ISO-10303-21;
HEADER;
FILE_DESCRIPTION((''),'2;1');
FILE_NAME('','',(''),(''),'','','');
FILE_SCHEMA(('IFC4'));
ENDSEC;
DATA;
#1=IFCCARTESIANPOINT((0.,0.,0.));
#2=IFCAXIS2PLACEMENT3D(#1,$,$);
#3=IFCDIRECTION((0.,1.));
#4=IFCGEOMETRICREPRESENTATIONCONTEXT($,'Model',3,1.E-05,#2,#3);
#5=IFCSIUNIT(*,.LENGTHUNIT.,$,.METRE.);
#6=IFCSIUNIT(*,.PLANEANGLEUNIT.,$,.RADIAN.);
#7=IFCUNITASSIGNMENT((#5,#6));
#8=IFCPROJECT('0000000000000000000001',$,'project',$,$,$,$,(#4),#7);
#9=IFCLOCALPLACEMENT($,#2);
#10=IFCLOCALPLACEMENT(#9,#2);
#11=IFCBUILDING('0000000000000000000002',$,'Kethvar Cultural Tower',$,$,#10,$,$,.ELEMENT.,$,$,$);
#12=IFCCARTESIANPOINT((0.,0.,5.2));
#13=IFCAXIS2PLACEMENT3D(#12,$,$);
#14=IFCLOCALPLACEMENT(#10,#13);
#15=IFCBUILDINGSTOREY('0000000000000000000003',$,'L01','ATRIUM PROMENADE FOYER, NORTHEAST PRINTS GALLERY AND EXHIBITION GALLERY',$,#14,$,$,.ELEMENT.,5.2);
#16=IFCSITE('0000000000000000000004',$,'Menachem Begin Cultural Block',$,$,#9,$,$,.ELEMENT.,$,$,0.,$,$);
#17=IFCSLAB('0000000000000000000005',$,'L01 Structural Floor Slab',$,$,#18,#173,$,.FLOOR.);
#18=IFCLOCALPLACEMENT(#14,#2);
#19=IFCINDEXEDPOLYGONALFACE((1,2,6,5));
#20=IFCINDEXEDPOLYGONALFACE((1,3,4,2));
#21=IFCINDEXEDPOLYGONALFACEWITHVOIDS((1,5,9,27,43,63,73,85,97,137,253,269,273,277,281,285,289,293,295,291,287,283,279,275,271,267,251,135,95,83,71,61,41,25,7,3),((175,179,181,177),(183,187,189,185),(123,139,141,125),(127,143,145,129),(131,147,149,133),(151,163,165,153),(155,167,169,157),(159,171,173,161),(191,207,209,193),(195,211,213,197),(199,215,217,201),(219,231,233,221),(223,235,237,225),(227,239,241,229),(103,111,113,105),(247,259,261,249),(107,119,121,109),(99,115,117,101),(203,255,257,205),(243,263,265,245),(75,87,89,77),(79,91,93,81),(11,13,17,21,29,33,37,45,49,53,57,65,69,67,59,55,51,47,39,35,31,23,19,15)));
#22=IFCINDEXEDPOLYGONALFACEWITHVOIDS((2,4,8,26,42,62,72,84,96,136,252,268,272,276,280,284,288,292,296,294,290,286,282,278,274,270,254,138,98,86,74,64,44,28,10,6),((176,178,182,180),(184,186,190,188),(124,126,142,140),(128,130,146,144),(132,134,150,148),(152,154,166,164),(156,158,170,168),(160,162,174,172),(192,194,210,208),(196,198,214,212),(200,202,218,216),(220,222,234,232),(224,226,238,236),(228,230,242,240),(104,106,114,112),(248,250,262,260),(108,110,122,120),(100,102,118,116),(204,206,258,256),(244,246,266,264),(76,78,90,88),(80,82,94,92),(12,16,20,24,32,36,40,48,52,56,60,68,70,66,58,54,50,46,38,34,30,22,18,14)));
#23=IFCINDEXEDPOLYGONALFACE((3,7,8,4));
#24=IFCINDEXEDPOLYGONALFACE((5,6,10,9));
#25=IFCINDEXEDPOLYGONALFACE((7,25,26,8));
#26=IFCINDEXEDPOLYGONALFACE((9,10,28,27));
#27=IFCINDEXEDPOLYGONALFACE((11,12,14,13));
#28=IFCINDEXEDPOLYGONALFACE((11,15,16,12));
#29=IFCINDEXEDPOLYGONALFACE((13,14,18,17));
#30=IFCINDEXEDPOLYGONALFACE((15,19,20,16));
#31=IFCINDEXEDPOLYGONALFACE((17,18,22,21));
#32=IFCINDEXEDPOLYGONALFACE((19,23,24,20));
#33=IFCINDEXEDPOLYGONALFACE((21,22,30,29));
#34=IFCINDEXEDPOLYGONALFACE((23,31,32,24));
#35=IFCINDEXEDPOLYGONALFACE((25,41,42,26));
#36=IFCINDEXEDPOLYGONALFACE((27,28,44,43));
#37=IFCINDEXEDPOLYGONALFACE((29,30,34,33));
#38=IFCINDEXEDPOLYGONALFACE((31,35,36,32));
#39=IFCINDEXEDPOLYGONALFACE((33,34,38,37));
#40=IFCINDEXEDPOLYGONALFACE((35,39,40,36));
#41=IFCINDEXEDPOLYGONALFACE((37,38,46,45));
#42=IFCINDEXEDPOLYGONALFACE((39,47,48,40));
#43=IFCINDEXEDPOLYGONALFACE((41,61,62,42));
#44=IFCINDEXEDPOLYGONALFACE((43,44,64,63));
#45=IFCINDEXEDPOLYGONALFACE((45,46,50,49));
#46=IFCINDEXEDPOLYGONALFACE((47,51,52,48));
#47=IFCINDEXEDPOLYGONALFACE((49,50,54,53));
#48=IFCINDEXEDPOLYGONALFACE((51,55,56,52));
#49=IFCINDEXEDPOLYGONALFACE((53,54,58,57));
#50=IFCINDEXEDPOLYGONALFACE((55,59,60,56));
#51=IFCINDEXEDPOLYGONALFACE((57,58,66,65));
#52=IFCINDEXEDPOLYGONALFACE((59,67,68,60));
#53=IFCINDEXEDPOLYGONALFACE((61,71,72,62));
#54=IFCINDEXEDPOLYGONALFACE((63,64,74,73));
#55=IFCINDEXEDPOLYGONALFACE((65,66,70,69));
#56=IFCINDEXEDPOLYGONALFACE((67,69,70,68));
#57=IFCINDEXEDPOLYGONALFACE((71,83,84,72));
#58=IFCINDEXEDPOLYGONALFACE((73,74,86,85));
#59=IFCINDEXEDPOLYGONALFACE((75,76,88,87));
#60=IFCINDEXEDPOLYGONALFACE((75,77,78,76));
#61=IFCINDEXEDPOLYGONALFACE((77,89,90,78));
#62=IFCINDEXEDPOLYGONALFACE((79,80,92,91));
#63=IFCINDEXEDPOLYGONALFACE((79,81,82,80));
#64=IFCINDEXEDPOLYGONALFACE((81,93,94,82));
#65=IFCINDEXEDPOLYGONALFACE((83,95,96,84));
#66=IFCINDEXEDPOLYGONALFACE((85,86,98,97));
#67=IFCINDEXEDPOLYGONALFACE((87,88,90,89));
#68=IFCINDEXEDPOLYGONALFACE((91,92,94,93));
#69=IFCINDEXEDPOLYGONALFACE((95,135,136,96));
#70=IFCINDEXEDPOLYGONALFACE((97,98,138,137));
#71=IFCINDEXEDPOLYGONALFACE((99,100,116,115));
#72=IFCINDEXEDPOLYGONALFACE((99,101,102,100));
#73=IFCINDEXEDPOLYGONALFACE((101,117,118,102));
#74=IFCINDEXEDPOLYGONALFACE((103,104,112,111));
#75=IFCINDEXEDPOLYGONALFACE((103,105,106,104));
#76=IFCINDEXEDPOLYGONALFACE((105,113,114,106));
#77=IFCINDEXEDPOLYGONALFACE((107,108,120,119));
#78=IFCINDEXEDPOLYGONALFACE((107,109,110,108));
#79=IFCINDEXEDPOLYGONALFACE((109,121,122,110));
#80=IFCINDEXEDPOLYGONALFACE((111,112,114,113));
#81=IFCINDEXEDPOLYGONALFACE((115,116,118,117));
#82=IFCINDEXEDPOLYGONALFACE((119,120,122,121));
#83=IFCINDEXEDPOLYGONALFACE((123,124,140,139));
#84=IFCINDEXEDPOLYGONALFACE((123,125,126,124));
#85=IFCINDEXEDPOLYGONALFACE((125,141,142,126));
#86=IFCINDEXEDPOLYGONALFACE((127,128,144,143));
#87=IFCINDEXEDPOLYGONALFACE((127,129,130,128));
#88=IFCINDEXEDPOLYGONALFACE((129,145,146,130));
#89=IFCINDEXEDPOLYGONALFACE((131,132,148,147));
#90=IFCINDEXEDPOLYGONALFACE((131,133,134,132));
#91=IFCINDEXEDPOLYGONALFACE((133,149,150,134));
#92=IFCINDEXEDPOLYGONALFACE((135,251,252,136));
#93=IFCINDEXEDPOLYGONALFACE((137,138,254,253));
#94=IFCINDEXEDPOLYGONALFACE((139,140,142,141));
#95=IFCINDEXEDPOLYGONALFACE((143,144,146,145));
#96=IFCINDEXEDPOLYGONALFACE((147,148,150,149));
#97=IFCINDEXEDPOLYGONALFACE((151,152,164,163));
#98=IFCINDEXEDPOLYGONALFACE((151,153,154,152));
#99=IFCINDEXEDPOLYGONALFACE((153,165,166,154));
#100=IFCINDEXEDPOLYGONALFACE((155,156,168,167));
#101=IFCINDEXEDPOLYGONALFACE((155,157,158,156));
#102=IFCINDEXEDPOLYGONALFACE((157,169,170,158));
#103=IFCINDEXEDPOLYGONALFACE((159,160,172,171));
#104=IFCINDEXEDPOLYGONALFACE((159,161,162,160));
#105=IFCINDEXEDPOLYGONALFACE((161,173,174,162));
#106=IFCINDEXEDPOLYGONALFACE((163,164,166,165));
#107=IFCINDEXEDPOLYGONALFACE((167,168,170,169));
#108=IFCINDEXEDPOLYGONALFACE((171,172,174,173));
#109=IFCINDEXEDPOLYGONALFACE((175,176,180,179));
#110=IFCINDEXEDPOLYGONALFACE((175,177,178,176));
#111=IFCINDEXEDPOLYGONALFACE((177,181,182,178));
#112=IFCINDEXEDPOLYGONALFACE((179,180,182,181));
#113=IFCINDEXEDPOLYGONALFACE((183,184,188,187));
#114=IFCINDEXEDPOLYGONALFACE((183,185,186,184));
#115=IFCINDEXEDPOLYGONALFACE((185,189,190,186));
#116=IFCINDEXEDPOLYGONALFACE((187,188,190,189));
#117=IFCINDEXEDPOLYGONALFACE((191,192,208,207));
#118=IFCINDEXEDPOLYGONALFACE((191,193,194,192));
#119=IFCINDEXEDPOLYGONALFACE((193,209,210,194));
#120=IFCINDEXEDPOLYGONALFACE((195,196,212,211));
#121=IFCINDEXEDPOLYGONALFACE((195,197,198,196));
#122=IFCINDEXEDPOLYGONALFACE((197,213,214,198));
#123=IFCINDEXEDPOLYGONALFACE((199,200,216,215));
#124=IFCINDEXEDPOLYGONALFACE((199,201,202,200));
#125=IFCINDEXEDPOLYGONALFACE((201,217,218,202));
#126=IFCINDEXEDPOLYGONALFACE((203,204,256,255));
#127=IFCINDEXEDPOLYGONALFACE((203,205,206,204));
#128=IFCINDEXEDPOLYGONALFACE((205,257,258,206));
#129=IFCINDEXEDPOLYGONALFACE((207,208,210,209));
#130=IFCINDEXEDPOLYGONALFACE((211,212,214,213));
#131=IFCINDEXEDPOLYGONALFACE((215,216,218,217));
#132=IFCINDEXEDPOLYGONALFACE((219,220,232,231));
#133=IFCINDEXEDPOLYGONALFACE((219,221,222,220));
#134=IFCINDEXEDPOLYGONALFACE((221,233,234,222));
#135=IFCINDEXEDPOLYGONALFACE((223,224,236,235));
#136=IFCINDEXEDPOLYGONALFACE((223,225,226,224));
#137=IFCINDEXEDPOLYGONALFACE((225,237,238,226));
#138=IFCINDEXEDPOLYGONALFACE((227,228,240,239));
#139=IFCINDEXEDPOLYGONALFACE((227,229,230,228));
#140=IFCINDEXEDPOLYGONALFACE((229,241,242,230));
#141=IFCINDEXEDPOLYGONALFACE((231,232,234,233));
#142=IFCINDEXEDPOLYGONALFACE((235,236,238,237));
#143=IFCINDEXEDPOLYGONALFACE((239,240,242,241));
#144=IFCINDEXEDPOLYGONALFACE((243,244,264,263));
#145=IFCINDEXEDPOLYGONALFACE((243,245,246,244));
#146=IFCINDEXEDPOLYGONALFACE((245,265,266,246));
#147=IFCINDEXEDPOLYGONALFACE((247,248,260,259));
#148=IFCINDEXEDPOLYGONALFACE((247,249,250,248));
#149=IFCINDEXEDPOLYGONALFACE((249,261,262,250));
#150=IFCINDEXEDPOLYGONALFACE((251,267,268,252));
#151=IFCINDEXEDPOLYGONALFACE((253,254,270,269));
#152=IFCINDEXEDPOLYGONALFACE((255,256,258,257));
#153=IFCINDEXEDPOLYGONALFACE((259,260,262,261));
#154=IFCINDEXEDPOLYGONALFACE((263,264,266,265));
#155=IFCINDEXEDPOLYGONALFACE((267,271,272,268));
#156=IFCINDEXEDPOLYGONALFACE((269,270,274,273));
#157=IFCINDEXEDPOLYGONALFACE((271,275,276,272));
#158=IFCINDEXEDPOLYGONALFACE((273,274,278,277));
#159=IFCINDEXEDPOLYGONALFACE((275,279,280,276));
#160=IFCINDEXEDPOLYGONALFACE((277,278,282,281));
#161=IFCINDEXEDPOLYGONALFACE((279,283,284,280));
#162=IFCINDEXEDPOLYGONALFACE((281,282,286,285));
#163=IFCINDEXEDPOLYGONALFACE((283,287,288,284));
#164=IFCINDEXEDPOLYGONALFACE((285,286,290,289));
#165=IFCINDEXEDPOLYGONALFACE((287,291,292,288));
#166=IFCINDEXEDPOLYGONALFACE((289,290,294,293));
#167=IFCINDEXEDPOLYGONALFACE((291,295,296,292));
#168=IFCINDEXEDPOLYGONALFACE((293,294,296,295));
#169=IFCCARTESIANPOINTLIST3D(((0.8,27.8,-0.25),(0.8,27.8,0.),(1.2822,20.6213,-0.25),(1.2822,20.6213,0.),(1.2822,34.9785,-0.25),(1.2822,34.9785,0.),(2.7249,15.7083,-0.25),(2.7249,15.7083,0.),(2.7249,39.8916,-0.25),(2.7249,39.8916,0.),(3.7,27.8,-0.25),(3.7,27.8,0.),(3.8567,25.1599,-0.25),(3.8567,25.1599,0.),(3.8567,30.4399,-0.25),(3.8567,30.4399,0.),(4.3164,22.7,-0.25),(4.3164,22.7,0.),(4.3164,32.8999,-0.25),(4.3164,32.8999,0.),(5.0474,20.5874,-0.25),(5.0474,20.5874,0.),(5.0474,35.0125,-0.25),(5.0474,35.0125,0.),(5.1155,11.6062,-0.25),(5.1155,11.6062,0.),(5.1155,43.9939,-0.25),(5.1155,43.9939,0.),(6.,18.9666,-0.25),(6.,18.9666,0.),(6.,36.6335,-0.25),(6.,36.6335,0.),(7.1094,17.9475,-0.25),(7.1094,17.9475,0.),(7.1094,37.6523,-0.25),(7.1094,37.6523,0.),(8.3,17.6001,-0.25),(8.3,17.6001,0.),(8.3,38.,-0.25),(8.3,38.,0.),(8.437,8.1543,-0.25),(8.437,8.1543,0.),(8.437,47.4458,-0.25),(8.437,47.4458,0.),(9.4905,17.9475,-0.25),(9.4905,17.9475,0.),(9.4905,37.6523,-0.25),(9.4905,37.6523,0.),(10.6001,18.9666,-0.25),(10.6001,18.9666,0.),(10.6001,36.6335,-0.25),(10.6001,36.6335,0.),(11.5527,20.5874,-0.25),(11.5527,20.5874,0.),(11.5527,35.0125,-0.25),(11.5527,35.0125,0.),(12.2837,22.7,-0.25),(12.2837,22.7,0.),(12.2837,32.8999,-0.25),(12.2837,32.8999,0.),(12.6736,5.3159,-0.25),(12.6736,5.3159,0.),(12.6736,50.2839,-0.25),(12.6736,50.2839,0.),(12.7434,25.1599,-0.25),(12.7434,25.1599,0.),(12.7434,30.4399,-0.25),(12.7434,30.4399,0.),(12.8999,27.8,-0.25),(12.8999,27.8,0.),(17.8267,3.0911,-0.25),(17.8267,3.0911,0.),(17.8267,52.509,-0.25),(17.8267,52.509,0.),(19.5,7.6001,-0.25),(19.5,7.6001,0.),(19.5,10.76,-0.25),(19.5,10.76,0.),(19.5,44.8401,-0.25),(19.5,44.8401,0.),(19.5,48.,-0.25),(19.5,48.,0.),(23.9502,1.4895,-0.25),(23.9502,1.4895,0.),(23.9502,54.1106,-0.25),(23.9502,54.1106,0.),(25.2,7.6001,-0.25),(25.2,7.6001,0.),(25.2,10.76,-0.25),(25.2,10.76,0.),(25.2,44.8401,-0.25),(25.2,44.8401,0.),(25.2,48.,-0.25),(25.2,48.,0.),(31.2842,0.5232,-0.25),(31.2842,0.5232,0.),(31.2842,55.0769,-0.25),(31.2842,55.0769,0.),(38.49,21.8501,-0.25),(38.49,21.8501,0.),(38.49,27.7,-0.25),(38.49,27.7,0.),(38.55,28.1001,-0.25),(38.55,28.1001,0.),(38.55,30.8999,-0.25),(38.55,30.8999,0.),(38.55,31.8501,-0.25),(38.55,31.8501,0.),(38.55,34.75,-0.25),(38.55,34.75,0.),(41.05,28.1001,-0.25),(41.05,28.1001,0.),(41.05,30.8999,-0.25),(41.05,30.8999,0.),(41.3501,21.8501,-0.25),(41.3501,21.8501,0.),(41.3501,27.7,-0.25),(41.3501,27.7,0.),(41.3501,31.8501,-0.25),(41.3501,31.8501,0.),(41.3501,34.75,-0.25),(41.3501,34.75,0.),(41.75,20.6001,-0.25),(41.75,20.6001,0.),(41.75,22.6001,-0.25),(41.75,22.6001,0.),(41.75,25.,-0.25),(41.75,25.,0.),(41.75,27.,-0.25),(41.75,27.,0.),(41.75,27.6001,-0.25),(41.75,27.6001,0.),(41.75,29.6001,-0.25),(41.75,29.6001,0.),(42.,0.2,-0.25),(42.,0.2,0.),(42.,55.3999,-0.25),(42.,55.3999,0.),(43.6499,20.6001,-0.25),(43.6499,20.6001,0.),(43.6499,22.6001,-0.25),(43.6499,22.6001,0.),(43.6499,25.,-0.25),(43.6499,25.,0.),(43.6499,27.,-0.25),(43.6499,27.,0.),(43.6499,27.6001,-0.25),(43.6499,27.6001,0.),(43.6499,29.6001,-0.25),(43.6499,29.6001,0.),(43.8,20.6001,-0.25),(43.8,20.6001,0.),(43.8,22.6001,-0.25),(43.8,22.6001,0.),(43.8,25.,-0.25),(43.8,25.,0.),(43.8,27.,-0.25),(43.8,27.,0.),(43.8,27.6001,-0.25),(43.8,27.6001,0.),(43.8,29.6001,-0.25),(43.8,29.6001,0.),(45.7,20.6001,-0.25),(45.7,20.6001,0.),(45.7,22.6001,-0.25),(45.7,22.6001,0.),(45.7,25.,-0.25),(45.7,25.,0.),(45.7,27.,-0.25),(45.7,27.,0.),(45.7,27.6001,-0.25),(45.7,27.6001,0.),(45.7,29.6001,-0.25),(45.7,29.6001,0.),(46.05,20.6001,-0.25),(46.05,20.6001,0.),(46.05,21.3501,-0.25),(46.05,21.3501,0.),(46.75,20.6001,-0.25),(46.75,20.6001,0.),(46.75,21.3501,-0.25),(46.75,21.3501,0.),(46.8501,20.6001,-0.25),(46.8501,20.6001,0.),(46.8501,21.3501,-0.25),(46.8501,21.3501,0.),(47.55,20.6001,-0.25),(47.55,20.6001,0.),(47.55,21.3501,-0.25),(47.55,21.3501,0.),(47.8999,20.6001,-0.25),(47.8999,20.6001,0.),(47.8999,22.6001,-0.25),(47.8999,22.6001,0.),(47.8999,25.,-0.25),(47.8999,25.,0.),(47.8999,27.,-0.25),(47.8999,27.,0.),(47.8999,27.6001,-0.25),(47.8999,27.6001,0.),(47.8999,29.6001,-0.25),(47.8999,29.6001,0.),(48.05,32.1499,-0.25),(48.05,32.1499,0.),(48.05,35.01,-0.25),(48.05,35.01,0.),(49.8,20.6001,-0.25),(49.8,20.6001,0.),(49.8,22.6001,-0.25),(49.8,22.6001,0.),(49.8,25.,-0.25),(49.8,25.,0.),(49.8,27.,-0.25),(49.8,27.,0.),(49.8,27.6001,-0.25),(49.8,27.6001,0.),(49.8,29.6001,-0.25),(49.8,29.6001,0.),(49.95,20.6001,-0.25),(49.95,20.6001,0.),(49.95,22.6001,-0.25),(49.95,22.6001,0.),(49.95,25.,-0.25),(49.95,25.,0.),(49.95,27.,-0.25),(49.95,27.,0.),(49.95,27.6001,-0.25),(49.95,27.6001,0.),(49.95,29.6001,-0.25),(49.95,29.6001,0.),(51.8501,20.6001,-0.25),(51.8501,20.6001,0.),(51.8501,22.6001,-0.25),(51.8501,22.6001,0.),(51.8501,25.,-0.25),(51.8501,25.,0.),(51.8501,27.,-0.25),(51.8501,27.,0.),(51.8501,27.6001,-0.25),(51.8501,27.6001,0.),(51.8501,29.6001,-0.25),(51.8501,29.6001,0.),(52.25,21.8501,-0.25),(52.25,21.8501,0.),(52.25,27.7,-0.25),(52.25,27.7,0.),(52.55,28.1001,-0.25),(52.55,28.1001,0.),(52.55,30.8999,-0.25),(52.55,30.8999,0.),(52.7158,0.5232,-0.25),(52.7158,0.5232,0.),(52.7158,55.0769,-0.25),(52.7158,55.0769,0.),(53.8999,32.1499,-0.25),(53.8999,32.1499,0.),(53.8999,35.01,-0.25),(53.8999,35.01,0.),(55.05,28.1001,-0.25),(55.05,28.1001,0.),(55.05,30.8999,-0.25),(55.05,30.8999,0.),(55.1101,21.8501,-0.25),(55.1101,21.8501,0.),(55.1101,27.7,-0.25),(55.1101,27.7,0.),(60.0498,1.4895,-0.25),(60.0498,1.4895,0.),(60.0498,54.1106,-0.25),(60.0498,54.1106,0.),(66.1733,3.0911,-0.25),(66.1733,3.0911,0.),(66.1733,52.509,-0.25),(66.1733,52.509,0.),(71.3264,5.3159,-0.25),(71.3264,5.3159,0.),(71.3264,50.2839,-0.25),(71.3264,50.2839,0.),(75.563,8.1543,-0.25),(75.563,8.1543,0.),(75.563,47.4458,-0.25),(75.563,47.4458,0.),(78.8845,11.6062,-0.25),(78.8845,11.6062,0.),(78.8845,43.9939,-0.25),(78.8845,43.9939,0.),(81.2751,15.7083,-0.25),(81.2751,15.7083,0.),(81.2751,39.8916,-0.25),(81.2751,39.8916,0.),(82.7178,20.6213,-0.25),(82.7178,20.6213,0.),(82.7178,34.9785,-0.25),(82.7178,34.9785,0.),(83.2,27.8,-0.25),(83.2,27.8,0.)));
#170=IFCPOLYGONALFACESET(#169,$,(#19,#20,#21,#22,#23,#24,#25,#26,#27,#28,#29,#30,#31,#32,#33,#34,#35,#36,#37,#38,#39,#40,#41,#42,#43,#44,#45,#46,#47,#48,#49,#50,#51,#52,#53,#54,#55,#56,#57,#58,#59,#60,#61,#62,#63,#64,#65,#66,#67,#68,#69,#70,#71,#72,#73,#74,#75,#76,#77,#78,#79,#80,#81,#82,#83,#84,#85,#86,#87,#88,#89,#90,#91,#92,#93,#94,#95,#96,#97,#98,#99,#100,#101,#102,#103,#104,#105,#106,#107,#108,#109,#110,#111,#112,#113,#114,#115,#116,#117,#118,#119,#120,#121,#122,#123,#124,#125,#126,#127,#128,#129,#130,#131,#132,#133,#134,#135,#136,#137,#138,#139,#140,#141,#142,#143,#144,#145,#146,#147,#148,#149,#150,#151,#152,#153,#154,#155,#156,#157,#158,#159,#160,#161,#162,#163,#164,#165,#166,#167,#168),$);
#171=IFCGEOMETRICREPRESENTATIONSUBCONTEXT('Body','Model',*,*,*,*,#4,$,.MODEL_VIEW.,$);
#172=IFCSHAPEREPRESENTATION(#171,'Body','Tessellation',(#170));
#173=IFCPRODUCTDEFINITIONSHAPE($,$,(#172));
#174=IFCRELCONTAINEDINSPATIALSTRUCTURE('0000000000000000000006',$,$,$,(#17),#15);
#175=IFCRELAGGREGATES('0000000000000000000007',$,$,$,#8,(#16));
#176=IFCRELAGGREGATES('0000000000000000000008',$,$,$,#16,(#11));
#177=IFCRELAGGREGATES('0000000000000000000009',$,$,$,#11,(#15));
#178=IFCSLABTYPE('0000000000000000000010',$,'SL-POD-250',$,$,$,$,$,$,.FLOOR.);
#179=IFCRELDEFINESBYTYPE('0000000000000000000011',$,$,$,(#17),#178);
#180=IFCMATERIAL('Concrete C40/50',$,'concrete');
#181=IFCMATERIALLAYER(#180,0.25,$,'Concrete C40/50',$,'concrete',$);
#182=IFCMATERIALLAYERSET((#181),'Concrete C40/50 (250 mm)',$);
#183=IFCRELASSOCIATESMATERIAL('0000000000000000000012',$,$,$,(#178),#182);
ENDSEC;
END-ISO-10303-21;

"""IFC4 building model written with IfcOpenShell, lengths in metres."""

from ifc_helpers import new_model, si_unit, direction, frame, origin, place, context, subcontext, project, spatial, polyline, outline, extrude, material, layer, layer_set, type_object, element, save


model = new_model("IFC4")

# Units and contexts
model_context = context("Model", 3, precision=1e-05, world=origin(), true_north=direction((0.0, 1.0)))
body_context = subcontext(model_context, "Body", "Model", "MODEL_VIEW")
ifc_project = project(units=[si_unit("LENGTHUNIT", "METRE"), si_unit("PLANEANGLEUNIT", "RADIAN")], contexts=[model_context])

# Site, building, storey
site_placement = place(None, origin())
site = spatial("IfcSite", under=ifc_project, at=site_placement, Name="Menachem Begin Cultural Block", CompositionType="ELEMENT", RefElevation=0.0)
building_placement = place(site_placement, origin())
building = spatial("IfcBuilding", under=site, at=building_placement, Name="Kethvar Cultural Tower", CompositionType="ELEMENT")
storey_placement = place(building_placement, frame((0.0, 0.0, 5.2)))
storey = spatial("IfcBuildingStorey", under=building, at=storey_placement, Name="L01", Description="ATRIUM PROMENADE FOYER, NORTHEAST PRINTS GALLERY AND EXHIBITION GALLERY", CompositionType="ELEMENT", Elevation=5.2)

# Slab
ifc_material_1 = material(Name="Concrete C40/50", Category="concrete")
ifc_layer_1 = layer(ifc_material_1, 0.25, Name="Concrete C40/50", Category="concrete")
ifc_layer_set_1 = layer_set([ifc_layer_1], Name="Concrete C40/50 (250 mm)")
slab_type_1 = type_object("IfcSlabType", Name="SL-POD-250", PredefinedType="FLOOR", material=ifc_layer_set_1)
slab_1_placement = place(storey_placement, frame((0.0, 0.0, -0.25)))
element("IfcSlab", 1, at=slab_1_placement, inside=storey, type_object=slab_type_1, Name="L01 Structural Floor Slab", PredefinedType="FLOOR", context=body_context, shape_type="SweptSolid", body=[
    extrude(outline(polyline([(83.2, 27.8), (82.7178, 34.9785), (81.2751, 39.8916), (78.8845, 43.9939), (75.563, 47.4458), (71.3264, 50.2839), (66.1733, 52.509), (60.0498, 54.1106), (52.7158, 55.0769), (42.0, 55.3999), (31.2842, 55.0769), (23.9502, 54.1106), (17.8267, 52.509), (12.6736, 50.2839), (8.437, 47.4458), (5.1155, 43.9939), (2.7249, 39.8916), (1.2822, 34.9785), (0.8, 27.8), (1.2822, 20.6213), (2.7249, 15.7083), (5.1155, 11.6062), (8.437, 8.1543), (12.6736, 5.3159), (17.8267, 3.0911), (23.9502, 1.4895), (31.2842, 0.5232), (42.0, 0.2), (52.7158, 0.5232), (60.0498, 1.4895), (66.1733, 3.0911), (71.3264, 5.3159), (75.563, 8.1543), (78.8845, 11.6062), (81.2751, 15.7083), (82.7178, 20.6213), (83.2, 27.8)]), holes=[polyline([(38.49, 21.8501), (38.49, 27.7), (41.3501, 27.7), (41.3501, 21.8501), (38.49, 21.8501)]), polyline([(52.25, 21.8501), (52.25, 27.7), (55.1101, 27.7), (55.1101, 21.8501), (52.25, 21.8501)]), polyline([(53.8999, 32.1499), (48.05, 32.1499), (48.05, 35.01), (53.8999, 35.01), (53.8999, 32.1499)]), polyline([(19.5, 10.76), (25.2, 10.76), (25.2, 7.6001), (19.5, 7.6001), (19.5, 10.76)]), polyline([(19.5, 48.0), (25.2, 48.0), (25.2, 44.8401), (19.5, 44.8401), (19.5, 48.0)]), polyline([(41.75, 22.6001), (43.6499, 22.6001), (43.6499, 20.6001), (41.75, 20.6001), (41.75, 22.6001)]), polyline([(43.8, 22.6001), (45.7, 22.6001), (45.7, 20.6001), (43.8, 20.6001), (43.8, 22.6001)]), polyline([(47.8999, 22.6001), (49.8, 22.6001), (49.8, 20.6001), (47.8999, 20.6001), (47.8999, 22.6001)]), polyline([(49.95, 22.6001), (51.8501, 22.6001), (51.8501, 20.6001), (49.95, 20.6001), (49.95, 22.6001)]), polyline([(41.75, 27.0), (43.6499, 27.0), (43.6499, 25.0), (41.75, 25.0), (41.75, 27.0)]), polyline([(43.8, 27.0), (45.7, 27.0), (45.7, 25.0), (43.8, 25.0), (43.8, 27.0)]), polyline([(47.8999, 27.0), (49.8, 27.0), (49.8, 25.0), (47.8999, 25.0), (47.8999, 27.0)]), polyline([(49.95, 27.0), (51.8501, 27.0), (51.8501, 25.0), (49.95, 25.0), (49.95, 27.0)]), polyline([(41.75, 29.6001), (43.6499, 29.6001), (43.6499, 27.6001), (41.75, 27.6001), (41.75, 29.6001)]), polyline([(43.8, 29.6001), (45.7, 29.6001), (45.7, 27.6001), (43.8, 27.6001), (43.8, 29.6001)]), polyline([(47.8999, 29.6001), (49.8, 29.6001), (49.8, 27.6001), (47.8999, 27.6001), (47.8999, 29.6001)]), polyline([(49.95, 29.6001), (51.8501, 29.6001), (51.8501, 27.6001), (49.95, 27.6001), (49.95, 29.6001)]), polyline([(38.55, 30.8999), (41.05, 30.8999), (41.05, 28.1001), (38.55, 28.1001), (38.55, 30.8999)]), polyline([(52.55, 30.8999), (55.05, 30.8999), (55.05, 28.1001), (52.55, 28.1001), (52.55, 30.8999)]), polyline([(38.55, 34.75), (41.3501, 34.75), (41.3501, 31.8501), (38.55, 31.8501), (38.55, 34.75)]), polyline([(46.05, 21.3501), (46.75, 21.3501), (46.75, 20.6001), (46.05, 20.6001), (46.05, 21.3501)]), polyline([(46.8501, 21.3501), (47.55, 21.3501), (47.55, 20.6001), (46.8501, 20.6001), (46.8501, 21.3501)]), polyline([(12.7434, 25.1599), (12.2837, 22.7), (11.5527, 20.5874), (10.6001, 18.9666), (9.4905, 17.9475), (8.3, 17.6001), (7.1094, 17.9475), (6.0, 18.9666), (5.0474, 20.5874), (4.3164, 22.7), (3.8567, 25.1599), (3.7, 27.8), (3.8567, 30.4399), (4.3164, 32.8999), (5.0474, 35.0125), (6.0, 36.6335), (7.1094, 37.6523), (8.3, 38.0), (9.4905, 37.6523), (10.6001, 36.6335), (11.5527, 35.0125), (12.2837, 32.8999), (12.7434, 30.4399), (12.8999, 27.8), (12.7434, 25.1599)])]), origin(), (0.0, 0.0, 1.0), 0.25),
])

save(model, "model.ifc")
